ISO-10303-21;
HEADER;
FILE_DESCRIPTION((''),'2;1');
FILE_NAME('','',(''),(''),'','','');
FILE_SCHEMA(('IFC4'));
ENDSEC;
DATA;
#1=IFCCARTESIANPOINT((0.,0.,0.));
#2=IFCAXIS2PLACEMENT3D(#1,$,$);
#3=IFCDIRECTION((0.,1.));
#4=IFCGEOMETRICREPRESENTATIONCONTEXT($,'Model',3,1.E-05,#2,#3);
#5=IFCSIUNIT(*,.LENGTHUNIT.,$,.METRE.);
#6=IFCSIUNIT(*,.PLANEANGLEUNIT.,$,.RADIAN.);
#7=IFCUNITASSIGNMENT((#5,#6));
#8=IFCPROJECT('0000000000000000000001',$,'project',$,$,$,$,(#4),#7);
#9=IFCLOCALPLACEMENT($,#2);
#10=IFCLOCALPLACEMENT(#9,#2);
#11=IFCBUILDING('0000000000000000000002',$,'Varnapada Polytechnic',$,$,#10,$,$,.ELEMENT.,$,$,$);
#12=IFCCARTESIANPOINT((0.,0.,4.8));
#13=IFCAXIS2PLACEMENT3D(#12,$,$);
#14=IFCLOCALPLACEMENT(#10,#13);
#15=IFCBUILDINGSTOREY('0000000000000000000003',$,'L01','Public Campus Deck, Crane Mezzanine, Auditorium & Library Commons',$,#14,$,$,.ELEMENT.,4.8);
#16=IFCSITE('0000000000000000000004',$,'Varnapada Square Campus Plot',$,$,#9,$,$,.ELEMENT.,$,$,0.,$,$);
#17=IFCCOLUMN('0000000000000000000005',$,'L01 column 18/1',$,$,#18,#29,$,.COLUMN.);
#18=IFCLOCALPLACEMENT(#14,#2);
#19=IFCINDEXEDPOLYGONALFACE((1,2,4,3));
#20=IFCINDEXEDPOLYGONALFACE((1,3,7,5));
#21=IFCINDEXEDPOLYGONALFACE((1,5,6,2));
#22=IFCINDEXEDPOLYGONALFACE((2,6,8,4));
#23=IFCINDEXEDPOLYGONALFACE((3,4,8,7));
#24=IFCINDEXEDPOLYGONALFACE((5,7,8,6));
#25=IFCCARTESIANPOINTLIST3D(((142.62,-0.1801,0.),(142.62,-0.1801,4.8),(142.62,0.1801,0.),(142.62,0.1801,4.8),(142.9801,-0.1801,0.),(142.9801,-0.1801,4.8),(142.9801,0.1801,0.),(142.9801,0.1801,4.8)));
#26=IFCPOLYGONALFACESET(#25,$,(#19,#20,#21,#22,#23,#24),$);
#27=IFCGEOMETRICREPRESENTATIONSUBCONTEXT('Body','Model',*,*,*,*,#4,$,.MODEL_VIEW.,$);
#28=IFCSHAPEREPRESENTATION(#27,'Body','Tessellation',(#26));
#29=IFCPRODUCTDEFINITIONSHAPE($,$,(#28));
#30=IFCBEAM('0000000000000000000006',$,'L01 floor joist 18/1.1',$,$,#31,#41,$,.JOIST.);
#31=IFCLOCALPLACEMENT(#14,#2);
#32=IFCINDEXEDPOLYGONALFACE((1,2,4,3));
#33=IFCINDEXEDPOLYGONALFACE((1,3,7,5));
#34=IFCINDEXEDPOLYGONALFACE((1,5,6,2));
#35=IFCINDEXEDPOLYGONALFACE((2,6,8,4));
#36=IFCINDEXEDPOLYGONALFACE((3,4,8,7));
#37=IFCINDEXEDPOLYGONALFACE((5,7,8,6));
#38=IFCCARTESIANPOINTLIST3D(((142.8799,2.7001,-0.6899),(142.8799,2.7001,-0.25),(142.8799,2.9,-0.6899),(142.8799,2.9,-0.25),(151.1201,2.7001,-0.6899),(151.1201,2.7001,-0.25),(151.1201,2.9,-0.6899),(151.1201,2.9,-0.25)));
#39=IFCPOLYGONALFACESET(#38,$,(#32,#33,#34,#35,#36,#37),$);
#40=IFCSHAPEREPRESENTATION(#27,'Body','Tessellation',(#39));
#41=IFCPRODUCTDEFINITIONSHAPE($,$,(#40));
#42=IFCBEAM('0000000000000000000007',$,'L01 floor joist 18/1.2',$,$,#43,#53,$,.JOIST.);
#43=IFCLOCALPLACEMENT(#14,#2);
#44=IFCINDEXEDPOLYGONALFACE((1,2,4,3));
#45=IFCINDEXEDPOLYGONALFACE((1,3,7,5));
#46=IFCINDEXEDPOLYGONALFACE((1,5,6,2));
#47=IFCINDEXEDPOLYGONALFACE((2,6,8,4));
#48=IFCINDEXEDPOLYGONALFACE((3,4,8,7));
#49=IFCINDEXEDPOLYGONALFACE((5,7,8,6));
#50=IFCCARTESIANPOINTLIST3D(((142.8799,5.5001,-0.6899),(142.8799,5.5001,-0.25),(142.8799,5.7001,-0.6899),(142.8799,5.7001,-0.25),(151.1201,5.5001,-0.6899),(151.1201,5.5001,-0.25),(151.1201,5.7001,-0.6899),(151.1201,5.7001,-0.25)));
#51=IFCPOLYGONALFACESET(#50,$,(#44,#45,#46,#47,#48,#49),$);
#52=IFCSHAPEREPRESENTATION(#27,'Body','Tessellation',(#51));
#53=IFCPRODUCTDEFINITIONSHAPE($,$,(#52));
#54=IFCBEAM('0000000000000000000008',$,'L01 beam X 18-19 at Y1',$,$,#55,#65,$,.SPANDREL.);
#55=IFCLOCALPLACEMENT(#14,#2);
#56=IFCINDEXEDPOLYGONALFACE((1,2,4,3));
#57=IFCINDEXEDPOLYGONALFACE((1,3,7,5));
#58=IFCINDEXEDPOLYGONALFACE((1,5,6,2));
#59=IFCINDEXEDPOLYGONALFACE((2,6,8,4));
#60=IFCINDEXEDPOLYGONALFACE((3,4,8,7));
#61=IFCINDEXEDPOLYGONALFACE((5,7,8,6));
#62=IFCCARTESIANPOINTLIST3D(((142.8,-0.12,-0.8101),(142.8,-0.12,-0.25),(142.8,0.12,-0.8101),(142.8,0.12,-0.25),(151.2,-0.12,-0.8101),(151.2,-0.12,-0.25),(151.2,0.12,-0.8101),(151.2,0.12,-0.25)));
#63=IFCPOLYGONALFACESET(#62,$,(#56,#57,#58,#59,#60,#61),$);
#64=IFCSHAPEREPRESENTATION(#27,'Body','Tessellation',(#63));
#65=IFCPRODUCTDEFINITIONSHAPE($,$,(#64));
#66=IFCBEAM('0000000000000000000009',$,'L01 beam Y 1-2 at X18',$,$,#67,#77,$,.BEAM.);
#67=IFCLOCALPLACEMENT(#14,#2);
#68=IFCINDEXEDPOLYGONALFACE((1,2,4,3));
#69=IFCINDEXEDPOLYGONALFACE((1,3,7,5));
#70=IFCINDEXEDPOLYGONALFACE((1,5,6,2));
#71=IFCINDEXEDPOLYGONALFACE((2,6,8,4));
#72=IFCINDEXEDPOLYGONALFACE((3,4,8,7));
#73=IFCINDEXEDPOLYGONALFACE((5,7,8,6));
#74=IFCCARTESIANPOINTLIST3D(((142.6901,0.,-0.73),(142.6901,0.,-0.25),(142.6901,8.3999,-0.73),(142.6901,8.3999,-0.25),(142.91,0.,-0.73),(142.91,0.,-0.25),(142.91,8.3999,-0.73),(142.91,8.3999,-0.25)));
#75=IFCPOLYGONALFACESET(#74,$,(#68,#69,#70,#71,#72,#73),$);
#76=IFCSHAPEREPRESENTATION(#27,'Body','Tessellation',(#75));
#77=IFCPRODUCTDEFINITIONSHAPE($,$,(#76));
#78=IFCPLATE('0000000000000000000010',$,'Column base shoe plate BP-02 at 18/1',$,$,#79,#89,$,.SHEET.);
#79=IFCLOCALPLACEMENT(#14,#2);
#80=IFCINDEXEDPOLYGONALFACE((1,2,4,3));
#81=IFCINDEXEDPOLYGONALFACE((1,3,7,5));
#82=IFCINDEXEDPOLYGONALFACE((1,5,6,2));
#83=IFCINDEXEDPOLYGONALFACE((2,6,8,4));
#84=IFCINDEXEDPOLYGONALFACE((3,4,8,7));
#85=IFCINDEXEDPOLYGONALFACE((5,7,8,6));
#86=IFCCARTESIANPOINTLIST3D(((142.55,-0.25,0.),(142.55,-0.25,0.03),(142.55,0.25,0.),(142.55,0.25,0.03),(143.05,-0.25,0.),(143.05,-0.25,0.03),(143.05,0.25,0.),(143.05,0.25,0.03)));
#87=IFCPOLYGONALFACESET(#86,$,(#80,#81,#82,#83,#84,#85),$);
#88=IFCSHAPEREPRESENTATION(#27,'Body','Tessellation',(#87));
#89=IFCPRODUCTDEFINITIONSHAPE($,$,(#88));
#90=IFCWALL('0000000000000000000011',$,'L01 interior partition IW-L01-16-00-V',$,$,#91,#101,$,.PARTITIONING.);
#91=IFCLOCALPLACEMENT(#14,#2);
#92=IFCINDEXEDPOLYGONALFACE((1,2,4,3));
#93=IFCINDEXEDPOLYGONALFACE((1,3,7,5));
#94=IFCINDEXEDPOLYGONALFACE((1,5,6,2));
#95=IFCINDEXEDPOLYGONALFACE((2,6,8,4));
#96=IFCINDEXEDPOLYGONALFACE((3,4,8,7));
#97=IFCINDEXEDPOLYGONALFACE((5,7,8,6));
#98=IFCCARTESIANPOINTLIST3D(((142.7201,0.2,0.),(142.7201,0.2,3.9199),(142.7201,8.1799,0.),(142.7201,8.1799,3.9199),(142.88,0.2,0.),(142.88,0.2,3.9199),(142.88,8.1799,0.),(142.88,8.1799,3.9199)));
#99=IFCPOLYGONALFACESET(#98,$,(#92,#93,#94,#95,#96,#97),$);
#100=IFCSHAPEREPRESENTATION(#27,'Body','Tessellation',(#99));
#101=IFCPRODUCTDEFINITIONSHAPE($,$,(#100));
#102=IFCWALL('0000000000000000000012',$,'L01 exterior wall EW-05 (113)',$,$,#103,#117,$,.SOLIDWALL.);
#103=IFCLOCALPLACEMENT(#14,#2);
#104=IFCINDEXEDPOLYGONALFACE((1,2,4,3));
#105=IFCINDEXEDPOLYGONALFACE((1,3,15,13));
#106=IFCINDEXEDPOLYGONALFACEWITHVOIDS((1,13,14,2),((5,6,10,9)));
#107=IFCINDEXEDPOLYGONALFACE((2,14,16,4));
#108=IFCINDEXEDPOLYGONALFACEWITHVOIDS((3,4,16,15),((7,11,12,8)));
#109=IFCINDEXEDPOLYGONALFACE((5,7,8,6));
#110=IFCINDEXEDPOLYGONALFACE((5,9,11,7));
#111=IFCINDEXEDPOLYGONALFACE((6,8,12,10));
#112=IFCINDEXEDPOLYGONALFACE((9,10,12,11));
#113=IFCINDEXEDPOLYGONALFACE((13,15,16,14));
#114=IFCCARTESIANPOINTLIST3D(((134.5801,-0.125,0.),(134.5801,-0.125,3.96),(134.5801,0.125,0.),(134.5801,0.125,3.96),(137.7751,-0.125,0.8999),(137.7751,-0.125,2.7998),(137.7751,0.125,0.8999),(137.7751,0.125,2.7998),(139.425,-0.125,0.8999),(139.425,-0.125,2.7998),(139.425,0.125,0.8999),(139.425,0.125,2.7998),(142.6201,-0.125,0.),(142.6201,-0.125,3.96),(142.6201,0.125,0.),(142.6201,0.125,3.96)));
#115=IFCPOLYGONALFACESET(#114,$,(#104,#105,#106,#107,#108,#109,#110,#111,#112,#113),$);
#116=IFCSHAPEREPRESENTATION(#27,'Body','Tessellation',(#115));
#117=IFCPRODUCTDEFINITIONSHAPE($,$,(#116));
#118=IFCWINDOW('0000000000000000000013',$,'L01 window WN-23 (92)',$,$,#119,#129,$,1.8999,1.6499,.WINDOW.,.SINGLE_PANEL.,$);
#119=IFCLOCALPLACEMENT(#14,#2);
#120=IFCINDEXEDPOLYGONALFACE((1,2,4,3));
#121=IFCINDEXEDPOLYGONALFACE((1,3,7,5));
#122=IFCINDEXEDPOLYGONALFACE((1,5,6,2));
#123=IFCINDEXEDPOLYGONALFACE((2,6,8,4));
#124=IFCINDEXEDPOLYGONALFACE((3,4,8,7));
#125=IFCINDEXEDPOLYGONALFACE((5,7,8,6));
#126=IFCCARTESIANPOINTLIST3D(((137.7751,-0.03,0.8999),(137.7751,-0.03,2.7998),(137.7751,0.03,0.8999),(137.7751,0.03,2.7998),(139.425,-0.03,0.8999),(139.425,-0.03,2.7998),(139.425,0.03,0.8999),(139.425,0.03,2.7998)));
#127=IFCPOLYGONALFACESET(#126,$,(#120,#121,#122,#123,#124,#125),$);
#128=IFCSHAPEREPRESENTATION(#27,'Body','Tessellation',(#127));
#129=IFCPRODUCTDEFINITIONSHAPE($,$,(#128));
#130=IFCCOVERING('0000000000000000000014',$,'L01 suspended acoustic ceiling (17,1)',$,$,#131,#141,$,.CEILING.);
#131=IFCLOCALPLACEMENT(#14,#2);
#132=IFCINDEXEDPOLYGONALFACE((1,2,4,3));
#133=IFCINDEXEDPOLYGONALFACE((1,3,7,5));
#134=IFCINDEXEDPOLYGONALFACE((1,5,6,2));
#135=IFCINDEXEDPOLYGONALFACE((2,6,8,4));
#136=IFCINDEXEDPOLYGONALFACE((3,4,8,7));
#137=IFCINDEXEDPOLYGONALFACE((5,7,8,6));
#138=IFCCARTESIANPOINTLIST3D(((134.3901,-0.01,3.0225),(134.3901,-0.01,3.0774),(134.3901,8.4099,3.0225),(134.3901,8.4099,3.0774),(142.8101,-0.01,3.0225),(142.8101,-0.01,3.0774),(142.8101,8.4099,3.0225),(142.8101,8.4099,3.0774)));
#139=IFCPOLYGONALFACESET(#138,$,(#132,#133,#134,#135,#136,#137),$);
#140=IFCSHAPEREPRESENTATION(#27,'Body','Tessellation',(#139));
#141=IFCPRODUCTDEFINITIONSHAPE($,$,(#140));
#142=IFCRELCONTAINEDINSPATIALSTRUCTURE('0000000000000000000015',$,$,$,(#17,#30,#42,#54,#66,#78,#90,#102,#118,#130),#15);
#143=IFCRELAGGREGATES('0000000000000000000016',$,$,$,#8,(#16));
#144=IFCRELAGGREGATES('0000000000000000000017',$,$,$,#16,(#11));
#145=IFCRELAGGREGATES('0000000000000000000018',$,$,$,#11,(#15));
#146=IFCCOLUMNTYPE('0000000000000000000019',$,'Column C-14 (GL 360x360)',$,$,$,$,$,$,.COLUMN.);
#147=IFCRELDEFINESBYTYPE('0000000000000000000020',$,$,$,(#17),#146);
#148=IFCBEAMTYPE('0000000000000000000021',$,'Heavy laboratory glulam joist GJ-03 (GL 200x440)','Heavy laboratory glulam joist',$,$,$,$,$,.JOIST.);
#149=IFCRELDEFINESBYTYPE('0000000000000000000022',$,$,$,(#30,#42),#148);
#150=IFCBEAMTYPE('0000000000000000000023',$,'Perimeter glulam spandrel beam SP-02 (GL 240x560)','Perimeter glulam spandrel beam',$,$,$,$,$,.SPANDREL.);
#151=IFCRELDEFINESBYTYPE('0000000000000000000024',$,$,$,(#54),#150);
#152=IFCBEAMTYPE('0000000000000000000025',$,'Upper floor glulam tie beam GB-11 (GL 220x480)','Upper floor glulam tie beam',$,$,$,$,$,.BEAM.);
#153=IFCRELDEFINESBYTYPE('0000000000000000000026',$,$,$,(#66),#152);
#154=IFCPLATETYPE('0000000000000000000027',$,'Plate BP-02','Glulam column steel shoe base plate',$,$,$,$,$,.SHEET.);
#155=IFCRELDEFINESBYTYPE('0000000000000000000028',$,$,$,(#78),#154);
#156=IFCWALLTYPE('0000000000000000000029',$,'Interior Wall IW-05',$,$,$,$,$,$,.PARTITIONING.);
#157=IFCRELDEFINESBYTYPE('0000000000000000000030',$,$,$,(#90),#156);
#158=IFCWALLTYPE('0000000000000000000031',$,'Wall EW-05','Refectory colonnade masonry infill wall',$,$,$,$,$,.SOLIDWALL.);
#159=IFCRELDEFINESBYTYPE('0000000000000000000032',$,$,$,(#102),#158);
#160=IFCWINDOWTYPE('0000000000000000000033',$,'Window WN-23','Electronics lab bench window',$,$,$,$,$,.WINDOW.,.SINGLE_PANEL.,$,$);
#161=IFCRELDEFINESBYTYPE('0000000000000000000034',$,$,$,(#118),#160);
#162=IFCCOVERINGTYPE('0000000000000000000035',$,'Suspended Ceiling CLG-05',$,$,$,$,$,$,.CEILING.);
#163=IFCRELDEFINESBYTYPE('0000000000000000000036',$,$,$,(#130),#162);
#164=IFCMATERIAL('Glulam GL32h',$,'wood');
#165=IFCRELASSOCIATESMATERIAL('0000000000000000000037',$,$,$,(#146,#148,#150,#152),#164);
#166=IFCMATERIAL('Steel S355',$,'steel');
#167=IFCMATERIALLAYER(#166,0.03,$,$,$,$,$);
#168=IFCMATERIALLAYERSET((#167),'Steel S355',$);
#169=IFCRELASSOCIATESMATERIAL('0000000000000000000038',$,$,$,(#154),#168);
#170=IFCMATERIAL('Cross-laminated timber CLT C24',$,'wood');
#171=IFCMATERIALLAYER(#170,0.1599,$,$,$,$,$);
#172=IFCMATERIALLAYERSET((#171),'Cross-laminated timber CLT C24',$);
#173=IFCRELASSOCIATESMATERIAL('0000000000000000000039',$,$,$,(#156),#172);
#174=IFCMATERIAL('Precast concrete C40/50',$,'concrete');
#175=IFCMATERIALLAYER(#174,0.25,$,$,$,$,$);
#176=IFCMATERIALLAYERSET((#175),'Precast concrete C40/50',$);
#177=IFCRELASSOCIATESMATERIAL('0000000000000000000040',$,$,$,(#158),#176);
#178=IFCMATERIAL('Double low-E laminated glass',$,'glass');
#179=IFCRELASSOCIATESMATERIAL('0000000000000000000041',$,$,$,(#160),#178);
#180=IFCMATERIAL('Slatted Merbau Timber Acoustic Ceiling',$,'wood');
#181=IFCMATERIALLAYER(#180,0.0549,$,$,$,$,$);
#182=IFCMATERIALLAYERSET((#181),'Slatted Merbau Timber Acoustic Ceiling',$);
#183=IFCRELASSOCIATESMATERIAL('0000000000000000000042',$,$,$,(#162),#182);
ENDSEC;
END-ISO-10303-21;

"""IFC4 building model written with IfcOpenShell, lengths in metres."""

from ifc_helpers import new_model, si_unit, direction, frame, frame_2d, origin, origin_2d, place, context, subcontext, project, spatial, rectangle, extrude, material, layer, layer_set, material_profile, profile_set, type_object, element, fill, save


model = new_model("IFC4")

# Units and contexts
model_context = context("Model", 3, precision=1e-05, world=origin(), true_north=direction((0.0, 1.0)))
body_context = subcontext(model_context, "Body", "Model", "MODEL_VIEW")
ifc_project = project(units=[si_unit("LENGTHUNIT", "METRE"), si_unit("PLANEANGLEUNIT", "RADIAN")], contexts=[model_context])

# Site, building, storey
site_placement = place(None, origin())
site = spatial("IfcSite", under=ifc_project, at=site_placement, Name="Varnapada Square Campus Plot", CompositionType="ELEMENT", RefElevation=0.0)
building_placement = place(site_placement, origin())
building = spatial("IfcBuilding", under=site, at=building_placement, Name="Varnapada Polytechnic", CompositionType="ELEMENT")
storey_placement = place(building_placement, frame((0.0, 0.0, 4.8)))
storey = spatial("IfcBuildingStorey", under=building, at=storey_placement, Name="L01", Description="Public Campus Deck, Crane Mezzanine, Auditorium & Library Commons", CompositionType="ELEMENT", Elevation=4.8)

# Column
ifc_material_1 = material(Name="Glulam GL32h", Category="wood")
ifc_material_profile_1 = material_profile(ifc_material_1, rectangle(XDim=0.3601, YDim=0.3601, at=origin_2d()), Name="GL 360x360")
ifc_profile_set_1 = profile_set([ifc_material_profile_1], Name="Glulam GL32h")
column_type = type_object("IfcColumnType", Name="Column C-14 (GL 360x360)", PredefinedType="COLUMN", material=ifc_profile_set_1)
column_placement = place(storey_placement, frame((142.8, 0.0, 0.0), z_axis=(0.0, 0.0, 1.0), x_axis=(1.0, 0.0, 0.0)))
element("IfcColumn", 1, at=column_placement, inside=storey, type_object=column_type, Name="L01 column 18/1", PredefinedType="COLUMN", context=body_context, shape_type="SweptSolid", body=[
    extrude(rectangle(XDim=0.3601, YDim=0.3601, at=origin_2d()), origin(), (0.0, 0.0, 1.0), 4.8),
])

# Beams
ifc_material_profile_2 = material_profile(ifc_material_1, rectangle(XDim=0.2, YDim=0.4399, at=origin_2d()), Name="GL 200x440")
ifc_profile_set_2 = profile_set([ifc_material_profile_2], Name="Glulam GL32h")
beam_type_1 = type_object("IfcBeamType", Name="Heavy laboratory glulam joist GJ-03 (GL 200x440)", Description="Heavy laboratory glulam joist", PredefinedType="JOIST", material=ifc_profile_set_2)
for number, where, z_axis, x_axis, name in (
    (2, (142.8799, 2.8, -0.47), (1.0, 0.0, 0.0), (0.0, 1.0, 0.0), "L01 floor joist 18/1.1"),
    (3, (142.8799, 5.6001, -0.47), (1.0, 0.0, 0.0), (0.0, 1.0, 0.0), "L01 floor joist 18/1.2"),
):
    element("IfcBeam", number, at=place(storey_placement, frame(where, z_axis=z_axis, x_axis=x_axis)), inside=storey, type_object=beam_type_1, Name=name, PredefinedType="JOIST", context=body_context, shape_type="SweptSolid", body=[
        extrude(rectangle(XDim=0.2, YDim=0.4399, at=origin_2d()), origin(), (0.0, 0.0, 1.0), 8.2402),
    ])
ifc_material_profile_3 = material_profile(ifc_material_1, rectangle(XDim=0.24, YDim=0.5601, at=origin_2d()), Name="GL 240x560")
ifc_profile_set_3 = profile_set([ifc_material_profile_3], Name="Glulam GL32h")
beam_type_2 = type_object("IfcBeamType", Name="Perimeter glulam spandrel beam SP-02 (GL 240x560)", Description="Perimeter glulam spandrel beam", PredefinedType="SPANDREL", material=ifc_profile_set_3)
beam_1_placement = place(storey_placement, frame((142.8, 0.0, -0.53), z_axis=(1.0, 0.0, 0.0), x_axis=(0.0, 1.0, 0.0)))
element("IfcBeam", 4, at=beam_1_placement, inside=storey, type_object=beam_type_2, Name="L01 beam X 18-19 at Y1", PredefinedType="SPANDREL", context=body_context, shape_type="SweptSolid", body=[
    extrude(rectangle(XDim=0.24, YDim=0.5601, at=origin_2d()), origin(), (0.0, 0.0, 1.0), 8.3999),
])
ifc_material_profile_4 = material_profile(ifc_material_1, rectangle(XDim=0.22, YDim=0.48, at=origin_2d()), Name="GL 220x480")
ifc_profile_set_4 = profile_set([ifc_material_profile_4], Name="Glulam GL32h")
beam_type_3 = type_object("IfcBeamType", Name="Upper floor glulam tie beam GB-11 (GL 220x480)", Description="Upper floor glulam tie beam", PredefinedType="BEAM", material=ifc_profile_set_4)
beam_2_placement = place(storey_placement, frame((142.8, 0.0, -0.49), z_axis=(0.0, 1.0, 0.0), x_axis=(-1.0, 0.0, 0.0)))
element("IfcBeam", 5, at=beam_2_placement, inside=storey, type_object=beam_type_3, Name="L01 beam Y 1-2 at X18", PredefinedType="BEAM", context=body_context, shape_type="SweptSolid", body=[
    extrude(rectangle(XDim=0.22, YDim=0.48, at=origin_2d()), origin(), (0.0, 0.0, 1.0), 8.3999),
])

# Plate
ifc_material_2 = material(Name="Steel S355", Category="steel")
ifc_layer_1 = layer(ifc_material_2, 0.03)
ifc_layer_set_1 = layer_set([ifc_layer_1], Name="Steel S355")
plate_type = type_object("IfcPlateType", Name="Plate BP-02", Description="Glulam column steel shoe base plate", PredefinedType="SHEET", material=ifc_layer_set_1)
plate_placement = place(storey_placement, frame((142.8, 0.0, 0.0), z_axis=(0.0, 0.0, 1.0), x_axis=(1.0, 0.0, 0.0)))
element("IfcPlate", 6, at=plate_placement, inside=storey, type_object=plate_type, Name="Column base shoe plate BP-02 at 18/1", PredefinedType="SHEET", context=body_context, shape_type="SweptSolid", body=[
    extrude(rectangle(XDim=0.5, YDim=0.5, at=origin_2d()), origin(), (0.0, 0.0, 1.0), 0.03),
])

# Wall
ifc_material_3 = material(Name="Cross-laminated timber CLT C24", Category="wood")
ifc_layer_2 = layer(ifc_material_3, 0.1599)
ifc_layer_set_2 = layer_set([ifc_layer_2], Name="Cross-laminated timber CLT C24")
wall_type_1 = type_object("IfcWallType", Name="Interior Wall IW-05", PredefinedType="PARTITIONING", material=ifc_layer_set_2)
wall_1_placement = place(storey_placement, frame((142.8, 0.2, 0.0), z_axis=(0.0, 0.0, 1.0), x_axis=(0.0, 1.0, 0.0)))
element("IfcWall", 7, at=wall_1_placement, inside=storey, type_object=wall_type_1, Name="L01 interior partition IW-L01-16-00-V", PredefinedType="PARTITIONING", context=body_context, shape_type="SweptSolid", body=[
    extrude(rectangle(XDim=7.98, YDim=0.1599, at=frame_2d((3.99, 0.0))), origin(), (0.0, 0.0, 1.0), 3.9199),
])

# Wall, opening, window
ifc_material_4 = material(Name="Precast concrete C40/50", Category="concrete")
ifc_layer_3 = layer(ifc_material_4, 0.25)
ifc_layer_set_3 = layer_set([ifc_layer_3], Name="Precast concrete C40/50")
wall_type_2 = type_object("IfcWallType", Name="Wall EW-05", Description="Refectory colonnade masonry infill wall", PredefinedType="SOLIDWALL", material=ifc_layer_set_3)
wall_2_placement = place(storey_placement, frame((142.6201, 0.0, 0.0), z_axis=(0.0, 0.0, 1.0), x_axis=(-1.0, 0.0, 0.0)))
wall_2 = element("IfcWall", 8, at=wall_2_placement, inside=storey, type_object=wall_type_2, Name="L01 exterior wall EW-05 (113)", PredefinedType="SOLIDWALL", context=body_context, shape_type="SweptSolid", body=[
    extrude(rectangle(XDim=8.04, YDim=0.25, at=frame_2d((4.02, 0.0))), origin(), (0.0, 0.0, 1.0), 3.96),
])
opening_1_placement = place(wall_2_placement, frame((3.1951, 0.0, 0.8999)))
opening_1 = element("IfcOpeningElement", 9, at=opening_1_placement, cuts=wall_2, PredefinedType="OPENING", context=body_context, shape_type="SweptSolid", body=[
    extrude(rectangle(XDim=1.6499, YDim=1.8999, at=frame_2d((0.825, 0.95))), frame((0.0, 0.135, 0.0), z_axis=(0.0, -1.0, 0.0), x_axis=(1.0, 0.0, 0.0)), (0.0, 0.0, 1.0), 0.27),
])
ifc_material_5 = material(Name="Double low-E laminated glass", Category="glass")
window_type = type_object("IfcWindowType", Name="Window WN-23", Description="Electronics lab bench window", PartitioningType="SINGLE_PANEL", PredefinedType="WINDOW", material=ifc_material_5)
window_placement = place(opening_1_placement, origin())
window = element("IfcWindow", 10, at=window_placement, inside=storey, type_object=window_type, Name="L01 window WN-23 (92)", OverallHeight=1.8999, OverallWidth=1.6499, PartitioningType="SINGLE_PANEL", PredefinedType="WINDOW", context=body_context, shape_type="SweptSolid", body=[
    extrude(rectangle(XDim=1.6499, YDim=1.8999, at=frame_2d((0.825, 0.95))), frame((0.0, 0.03, 0.0), z_axis=(0.0, -1.0, 0.0), x_axis=(1.0, 0.0, 0.0)), (0.0, 0.0, 1.0), 0.0601),
])
fill(opening_1, window)

# Covering
ifc_material_6 = material(Name="Slatted Merbau Timber Acoustic Ceiling", Category="wood")
ifc_layer_4 = layer(ifc_material_6, 0.0549)
ifc_layer_set_4 = layer_set([ifc_layer_4], Name="Slatted Merbau Timber Acoustic Ceiling")
covering_type_1 = type_object("IfcCoveringType", Name="Suspended Ceiling CLG-05", PredefinedType="CEILING", material=ifc_layer_set_4)
covering_1_placement = place(storey_placement, frame((138.6001, 4.2, 3.0225), z_axis=(0.0, 0.0, 1.0), x_axis=(1.0, 0.0, 0.0)))
element("IfcCovering", 11, at=covering_1_placement, inside=storey, type_object=covering_type_1, Name="L01 suspended acoustic ceiling (17,1)", PredefinedType="CEILING", context=body_context, shape_type="SweptSolid", body=[
    extrude(rectangle(XDim=8.4199, YDim=8.4199, at=origin_2d()), origin(), (0.0, 0.0, 1.0), 0.0549),
])

save(model, "model.ifc")
